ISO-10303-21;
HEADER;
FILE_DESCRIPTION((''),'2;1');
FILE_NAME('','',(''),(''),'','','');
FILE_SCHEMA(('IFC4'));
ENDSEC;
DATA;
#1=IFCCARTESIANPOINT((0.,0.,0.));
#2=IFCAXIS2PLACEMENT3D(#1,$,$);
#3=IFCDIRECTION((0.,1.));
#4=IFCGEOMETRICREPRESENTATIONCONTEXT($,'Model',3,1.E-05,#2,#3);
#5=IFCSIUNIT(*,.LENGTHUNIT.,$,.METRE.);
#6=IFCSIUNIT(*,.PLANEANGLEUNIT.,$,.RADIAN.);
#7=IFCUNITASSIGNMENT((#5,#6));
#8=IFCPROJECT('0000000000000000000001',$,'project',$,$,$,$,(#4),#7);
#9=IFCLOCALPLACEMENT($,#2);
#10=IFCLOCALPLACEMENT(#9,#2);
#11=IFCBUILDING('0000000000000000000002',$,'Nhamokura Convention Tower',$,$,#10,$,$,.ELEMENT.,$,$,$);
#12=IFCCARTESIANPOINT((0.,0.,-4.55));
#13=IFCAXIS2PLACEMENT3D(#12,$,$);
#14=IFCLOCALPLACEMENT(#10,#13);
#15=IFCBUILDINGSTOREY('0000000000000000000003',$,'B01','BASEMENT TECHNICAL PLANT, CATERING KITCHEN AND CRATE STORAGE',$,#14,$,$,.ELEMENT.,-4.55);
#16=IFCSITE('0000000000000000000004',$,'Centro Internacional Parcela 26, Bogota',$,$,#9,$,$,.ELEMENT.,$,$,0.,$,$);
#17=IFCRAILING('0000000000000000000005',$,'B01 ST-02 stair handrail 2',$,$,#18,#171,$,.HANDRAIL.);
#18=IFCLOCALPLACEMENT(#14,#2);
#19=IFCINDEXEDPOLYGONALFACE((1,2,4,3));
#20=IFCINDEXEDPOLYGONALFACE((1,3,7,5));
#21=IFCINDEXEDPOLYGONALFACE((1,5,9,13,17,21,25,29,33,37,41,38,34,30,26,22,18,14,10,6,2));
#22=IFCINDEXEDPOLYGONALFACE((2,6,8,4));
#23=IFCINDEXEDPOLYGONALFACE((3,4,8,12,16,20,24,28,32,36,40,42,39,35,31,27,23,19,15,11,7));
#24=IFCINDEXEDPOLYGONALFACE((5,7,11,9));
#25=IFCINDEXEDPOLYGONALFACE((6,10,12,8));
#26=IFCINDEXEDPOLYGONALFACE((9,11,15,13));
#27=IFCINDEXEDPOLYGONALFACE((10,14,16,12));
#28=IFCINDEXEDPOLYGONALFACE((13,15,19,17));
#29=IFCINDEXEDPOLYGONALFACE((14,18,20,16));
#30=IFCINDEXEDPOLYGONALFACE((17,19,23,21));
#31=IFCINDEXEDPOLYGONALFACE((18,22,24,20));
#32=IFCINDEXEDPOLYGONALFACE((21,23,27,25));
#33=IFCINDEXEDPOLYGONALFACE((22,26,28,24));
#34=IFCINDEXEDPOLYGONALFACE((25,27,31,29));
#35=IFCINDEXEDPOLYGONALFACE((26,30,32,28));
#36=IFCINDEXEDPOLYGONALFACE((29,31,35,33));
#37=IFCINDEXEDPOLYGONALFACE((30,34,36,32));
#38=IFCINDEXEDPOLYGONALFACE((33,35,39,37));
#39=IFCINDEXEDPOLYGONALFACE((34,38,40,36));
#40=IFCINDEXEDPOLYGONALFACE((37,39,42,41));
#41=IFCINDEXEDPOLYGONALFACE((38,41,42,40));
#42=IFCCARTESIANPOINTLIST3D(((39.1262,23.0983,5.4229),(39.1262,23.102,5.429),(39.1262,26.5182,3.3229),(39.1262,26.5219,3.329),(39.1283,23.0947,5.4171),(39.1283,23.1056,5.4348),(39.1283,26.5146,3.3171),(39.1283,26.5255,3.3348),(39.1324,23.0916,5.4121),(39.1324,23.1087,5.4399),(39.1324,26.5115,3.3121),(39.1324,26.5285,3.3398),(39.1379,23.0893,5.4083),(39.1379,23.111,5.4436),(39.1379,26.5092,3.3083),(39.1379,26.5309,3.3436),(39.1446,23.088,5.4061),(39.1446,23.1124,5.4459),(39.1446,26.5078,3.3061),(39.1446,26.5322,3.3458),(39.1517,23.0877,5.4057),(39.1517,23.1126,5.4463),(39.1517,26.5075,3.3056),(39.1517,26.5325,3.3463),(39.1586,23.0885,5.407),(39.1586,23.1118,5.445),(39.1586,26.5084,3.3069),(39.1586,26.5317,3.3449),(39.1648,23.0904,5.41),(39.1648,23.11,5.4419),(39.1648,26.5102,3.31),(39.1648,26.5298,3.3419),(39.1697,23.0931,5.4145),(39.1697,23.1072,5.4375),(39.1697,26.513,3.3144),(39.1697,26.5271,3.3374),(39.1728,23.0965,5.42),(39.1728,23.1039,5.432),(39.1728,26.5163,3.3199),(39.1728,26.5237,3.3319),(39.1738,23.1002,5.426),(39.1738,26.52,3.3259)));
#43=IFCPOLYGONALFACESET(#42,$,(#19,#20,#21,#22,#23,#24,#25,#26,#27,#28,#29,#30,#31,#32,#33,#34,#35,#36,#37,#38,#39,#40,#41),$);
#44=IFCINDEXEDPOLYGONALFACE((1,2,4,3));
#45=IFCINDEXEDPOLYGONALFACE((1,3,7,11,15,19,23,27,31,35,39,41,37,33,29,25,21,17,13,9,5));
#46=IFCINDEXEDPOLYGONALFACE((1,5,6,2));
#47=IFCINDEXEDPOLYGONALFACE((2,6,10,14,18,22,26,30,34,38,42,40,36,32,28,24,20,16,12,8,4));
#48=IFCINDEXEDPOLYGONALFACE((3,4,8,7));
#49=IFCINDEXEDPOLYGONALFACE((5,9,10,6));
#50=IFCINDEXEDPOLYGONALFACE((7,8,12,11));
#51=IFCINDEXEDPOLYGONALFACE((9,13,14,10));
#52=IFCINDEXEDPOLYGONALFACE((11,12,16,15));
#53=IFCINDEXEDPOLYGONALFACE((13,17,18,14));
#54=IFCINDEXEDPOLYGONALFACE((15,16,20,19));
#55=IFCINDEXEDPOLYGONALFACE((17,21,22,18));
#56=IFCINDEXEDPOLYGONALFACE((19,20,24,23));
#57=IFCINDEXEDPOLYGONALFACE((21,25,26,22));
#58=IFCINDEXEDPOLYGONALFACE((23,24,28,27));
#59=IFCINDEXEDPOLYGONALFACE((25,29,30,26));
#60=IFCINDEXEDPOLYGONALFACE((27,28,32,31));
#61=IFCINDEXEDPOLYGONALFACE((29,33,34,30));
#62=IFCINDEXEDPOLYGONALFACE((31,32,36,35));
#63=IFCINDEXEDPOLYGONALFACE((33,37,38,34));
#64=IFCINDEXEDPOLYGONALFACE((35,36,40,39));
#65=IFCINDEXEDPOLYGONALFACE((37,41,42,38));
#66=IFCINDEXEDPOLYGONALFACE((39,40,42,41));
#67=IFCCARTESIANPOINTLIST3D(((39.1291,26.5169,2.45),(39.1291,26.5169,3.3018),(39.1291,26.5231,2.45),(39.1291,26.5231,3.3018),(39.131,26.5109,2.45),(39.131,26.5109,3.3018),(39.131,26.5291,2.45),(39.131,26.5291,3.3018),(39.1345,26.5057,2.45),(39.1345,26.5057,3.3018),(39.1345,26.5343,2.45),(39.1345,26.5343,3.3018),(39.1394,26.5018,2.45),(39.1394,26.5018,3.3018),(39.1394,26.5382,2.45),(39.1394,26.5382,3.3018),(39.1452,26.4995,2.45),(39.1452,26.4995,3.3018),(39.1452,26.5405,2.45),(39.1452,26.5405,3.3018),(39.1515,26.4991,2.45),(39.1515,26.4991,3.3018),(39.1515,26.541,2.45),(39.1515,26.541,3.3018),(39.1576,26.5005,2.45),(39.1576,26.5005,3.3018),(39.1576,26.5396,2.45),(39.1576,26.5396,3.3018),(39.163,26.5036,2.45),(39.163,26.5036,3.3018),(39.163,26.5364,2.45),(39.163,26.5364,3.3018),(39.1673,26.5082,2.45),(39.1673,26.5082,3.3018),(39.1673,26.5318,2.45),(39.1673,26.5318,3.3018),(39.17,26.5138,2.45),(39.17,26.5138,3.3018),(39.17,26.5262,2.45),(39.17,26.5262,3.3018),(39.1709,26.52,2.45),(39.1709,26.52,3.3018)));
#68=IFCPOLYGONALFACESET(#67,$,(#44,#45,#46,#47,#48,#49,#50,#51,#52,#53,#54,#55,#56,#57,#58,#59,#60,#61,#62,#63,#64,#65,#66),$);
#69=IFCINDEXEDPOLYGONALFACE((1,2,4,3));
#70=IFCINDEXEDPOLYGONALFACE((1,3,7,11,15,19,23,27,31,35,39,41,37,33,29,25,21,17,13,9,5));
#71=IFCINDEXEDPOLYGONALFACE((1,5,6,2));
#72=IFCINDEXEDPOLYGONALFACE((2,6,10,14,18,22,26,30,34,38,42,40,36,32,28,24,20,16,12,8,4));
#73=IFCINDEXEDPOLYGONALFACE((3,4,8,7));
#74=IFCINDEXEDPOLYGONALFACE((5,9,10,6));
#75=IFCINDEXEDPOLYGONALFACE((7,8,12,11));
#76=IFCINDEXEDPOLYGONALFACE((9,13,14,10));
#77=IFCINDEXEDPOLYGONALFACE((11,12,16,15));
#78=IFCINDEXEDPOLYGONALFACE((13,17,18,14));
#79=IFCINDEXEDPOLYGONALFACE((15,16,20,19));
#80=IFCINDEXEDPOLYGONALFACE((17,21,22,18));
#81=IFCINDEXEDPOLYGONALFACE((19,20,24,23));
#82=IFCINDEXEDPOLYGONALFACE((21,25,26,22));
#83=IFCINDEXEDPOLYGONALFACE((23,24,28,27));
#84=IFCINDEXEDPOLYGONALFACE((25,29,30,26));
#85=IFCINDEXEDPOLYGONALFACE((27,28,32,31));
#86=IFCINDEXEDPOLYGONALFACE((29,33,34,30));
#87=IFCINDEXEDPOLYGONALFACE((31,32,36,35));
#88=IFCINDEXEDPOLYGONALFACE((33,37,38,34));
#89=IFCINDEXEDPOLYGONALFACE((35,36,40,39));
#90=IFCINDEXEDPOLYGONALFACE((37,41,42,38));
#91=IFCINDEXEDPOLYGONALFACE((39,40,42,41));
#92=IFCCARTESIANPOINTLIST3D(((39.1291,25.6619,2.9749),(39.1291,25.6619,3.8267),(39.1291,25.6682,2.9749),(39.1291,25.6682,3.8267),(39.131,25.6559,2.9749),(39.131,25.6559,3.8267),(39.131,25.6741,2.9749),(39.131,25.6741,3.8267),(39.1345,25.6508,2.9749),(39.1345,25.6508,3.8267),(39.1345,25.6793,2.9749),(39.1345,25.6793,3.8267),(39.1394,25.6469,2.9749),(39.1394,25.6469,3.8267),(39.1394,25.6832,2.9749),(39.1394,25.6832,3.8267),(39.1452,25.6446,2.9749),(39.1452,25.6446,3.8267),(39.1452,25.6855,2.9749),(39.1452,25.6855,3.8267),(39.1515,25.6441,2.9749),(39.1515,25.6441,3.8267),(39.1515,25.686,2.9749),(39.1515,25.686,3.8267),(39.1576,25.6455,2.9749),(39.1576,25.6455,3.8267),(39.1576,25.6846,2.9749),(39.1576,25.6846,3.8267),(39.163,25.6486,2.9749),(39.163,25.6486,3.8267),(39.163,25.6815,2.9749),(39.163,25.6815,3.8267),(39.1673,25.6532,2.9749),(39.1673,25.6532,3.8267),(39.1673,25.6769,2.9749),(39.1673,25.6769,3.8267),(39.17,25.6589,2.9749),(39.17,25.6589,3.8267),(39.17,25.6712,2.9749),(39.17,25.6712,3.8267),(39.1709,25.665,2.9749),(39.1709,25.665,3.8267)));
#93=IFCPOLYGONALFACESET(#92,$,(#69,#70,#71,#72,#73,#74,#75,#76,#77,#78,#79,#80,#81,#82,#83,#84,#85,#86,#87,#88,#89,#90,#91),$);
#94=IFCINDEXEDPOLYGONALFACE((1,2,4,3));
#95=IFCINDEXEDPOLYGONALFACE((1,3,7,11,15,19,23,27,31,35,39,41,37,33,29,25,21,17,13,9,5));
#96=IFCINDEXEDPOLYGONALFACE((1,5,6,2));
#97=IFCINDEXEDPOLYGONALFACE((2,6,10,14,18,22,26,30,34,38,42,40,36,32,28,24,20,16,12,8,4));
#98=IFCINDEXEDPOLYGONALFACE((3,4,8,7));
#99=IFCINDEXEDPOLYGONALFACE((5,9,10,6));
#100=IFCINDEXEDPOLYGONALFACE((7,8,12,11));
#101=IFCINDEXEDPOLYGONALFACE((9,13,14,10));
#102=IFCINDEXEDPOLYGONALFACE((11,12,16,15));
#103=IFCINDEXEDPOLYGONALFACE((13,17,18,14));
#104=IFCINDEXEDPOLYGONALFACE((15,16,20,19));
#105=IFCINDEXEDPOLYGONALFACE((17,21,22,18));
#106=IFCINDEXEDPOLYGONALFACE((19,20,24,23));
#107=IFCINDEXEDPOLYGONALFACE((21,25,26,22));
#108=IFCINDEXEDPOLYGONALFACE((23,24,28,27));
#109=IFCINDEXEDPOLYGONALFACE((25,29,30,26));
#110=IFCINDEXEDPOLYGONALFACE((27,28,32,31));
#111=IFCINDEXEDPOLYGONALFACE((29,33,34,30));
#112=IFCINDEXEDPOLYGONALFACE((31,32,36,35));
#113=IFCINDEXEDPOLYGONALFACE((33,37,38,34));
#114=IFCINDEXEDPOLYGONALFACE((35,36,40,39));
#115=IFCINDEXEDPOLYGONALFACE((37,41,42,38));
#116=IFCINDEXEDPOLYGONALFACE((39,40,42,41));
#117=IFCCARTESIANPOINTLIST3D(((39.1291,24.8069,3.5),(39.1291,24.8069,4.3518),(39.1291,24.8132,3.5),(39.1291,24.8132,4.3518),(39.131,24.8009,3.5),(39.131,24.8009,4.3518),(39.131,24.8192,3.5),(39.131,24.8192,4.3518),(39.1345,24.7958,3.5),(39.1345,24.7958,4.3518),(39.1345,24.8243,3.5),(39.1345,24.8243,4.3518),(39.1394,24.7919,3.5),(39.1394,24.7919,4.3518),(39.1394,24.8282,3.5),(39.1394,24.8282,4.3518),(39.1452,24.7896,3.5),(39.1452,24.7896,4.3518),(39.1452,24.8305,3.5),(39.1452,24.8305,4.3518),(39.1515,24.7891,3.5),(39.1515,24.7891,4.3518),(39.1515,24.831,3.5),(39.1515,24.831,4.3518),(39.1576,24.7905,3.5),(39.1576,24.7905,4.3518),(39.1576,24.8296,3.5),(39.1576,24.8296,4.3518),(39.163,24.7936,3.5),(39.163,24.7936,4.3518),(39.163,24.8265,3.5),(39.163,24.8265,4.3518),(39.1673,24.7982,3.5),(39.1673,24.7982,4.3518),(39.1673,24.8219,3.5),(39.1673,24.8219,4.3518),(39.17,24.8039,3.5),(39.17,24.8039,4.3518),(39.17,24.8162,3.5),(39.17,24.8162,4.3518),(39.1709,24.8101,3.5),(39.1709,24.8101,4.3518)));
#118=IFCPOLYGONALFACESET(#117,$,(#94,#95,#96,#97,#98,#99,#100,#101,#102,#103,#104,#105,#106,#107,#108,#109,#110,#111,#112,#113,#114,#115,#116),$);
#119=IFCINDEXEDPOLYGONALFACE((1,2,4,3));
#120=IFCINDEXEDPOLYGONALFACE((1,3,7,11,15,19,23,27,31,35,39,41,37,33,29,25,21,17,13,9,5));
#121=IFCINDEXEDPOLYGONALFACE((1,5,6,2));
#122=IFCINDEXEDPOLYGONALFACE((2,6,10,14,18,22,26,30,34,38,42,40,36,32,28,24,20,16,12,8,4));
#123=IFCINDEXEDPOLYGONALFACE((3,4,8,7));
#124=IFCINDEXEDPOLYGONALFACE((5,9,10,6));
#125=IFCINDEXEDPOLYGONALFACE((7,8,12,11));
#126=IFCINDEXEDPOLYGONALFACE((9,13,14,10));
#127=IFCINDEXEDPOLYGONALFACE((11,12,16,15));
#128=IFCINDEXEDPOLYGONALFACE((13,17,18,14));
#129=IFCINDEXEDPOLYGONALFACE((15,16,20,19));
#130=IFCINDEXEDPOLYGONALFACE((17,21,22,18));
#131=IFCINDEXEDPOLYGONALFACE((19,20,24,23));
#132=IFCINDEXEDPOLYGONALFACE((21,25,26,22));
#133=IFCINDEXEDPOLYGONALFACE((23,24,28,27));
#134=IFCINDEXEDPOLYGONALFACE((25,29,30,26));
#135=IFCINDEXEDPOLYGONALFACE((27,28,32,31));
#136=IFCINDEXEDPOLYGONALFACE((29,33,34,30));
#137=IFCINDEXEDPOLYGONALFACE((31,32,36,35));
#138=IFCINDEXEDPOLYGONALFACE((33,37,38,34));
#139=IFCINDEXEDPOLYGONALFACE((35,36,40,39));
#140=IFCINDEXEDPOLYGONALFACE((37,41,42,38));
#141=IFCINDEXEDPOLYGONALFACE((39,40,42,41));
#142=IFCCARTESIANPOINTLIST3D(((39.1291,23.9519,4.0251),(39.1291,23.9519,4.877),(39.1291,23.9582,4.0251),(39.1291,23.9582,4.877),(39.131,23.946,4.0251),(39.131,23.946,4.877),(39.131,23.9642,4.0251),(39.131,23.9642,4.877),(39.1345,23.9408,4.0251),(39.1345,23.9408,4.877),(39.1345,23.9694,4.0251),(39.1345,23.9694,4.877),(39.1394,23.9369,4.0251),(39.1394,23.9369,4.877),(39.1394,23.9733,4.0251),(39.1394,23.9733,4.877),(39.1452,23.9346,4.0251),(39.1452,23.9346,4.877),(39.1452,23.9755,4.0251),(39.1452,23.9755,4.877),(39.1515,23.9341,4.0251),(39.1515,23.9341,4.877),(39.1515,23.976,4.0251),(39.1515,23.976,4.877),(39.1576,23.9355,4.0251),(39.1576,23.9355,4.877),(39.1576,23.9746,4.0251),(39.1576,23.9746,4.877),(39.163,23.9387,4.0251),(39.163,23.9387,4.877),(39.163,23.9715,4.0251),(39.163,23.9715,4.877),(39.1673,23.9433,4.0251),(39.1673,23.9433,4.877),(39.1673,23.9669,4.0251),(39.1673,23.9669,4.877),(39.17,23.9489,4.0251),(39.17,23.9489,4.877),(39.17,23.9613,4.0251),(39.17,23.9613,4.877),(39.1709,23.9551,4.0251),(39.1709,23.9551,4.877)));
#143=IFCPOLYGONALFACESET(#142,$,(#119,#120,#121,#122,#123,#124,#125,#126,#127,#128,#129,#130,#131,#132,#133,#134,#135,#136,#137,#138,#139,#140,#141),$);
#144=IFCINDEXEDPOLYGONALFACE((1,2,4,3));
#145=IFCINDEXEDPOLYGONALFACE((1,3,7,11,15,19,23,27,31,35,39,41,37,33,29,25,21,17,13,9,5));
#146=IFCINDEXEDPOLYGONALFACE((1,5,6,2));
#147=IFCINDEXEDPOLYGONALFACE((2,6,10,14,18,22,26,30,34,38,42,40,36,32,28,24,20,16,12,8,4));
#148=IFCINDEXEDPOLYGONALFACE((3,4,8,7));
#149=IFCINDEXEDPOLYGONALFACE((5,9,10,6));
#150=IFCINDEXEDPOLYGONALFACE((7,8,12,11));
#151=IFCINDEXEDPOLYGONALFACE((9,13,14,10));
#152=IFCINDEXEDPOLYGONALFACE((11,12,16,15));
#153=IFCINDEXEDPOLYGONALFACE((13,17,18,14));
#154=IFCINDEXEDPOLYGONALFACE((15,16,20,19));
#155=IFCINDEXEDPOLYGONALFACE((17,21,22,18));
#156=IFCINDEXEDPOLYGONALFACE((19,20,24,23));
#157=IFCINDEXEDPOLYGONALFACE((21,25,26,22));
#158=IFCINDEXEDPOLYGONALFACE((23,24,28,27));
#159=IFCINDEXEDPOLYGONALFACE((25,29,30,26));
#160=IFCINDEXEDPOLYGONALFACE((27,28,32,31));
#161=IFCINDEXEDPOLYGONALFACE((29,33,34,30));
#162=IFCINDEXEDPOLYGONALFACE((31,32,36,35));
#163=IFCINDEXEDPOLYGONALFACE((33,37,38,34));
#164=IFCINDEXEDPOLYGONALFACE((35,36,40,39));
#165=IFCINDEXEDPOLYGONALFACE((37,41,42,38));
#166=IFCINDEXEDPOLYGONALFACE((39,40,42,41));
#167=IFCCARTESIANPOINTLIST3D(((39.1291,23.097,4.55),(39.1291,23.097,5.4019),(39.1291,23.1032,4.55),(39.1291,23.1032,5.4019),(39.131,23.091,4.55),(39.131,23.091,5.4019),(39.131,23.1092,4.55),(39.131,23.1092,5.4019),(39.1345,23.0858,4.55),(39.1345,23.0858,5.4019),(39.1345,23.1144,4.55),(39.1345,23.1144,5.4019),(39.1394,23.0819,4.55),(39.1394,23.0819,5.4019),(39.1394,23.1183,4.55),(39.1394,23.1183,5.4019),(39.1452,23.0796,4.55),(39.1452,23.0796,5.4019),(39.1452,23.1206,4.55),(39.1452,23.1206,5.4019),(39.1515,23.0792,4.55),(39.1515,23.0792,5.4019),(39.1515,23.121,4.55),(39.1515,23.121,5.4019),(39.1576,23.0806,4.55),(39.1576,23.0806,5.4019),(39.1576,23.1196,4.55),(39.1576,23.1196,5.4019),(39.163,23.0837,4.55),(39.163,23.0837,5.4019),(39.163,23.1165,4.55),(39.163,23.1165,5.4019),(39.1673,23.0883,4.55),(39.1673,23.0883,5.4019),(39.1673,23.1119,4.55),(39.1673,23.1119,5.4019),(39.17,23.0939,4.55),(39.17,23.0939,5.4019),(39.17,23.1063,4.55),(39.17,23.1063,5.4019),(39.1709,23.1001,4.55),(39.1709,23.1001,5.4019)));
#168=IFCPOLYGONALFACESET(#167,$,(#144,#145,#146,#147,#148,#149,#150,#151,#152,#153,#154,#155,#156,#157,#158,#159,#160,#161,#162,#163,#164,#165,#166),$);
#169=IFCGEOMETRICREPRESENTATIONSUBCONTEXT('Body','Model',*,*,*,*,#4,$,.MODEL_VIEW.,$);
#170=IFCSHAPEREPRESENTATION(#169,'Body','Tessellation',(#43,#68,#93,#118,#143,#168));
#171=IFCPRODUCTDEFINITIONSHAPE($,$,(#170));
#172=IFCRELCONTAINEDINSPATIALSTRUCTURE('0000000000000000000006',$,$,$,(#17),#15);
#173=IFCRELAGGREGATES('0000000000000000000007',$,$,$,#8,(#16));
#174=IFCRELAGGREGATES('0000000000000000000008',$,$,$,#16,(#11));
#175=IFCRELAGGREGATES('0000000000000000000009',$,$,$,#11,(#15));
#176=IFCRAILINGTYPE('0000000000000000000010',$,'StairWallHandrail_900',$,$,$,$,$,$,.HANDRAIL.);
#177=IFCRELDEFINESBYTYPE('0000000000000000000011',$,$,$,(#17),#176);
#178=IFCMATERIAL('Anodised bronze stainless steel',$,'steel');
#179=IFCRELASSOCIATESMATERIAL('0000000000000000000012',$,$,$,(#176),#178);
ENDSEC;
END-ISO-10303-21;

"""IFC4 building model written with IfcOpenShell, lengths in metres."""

from ifc_helpers import new_model, si_unit, direction, frame, origin, origin_2d, place, context, subcontext, project, spatial, circle, extrude, material, type_object, element, save


model = new_model("IFC4")

# Units and contexts
model_context = context("Model", 3, precision=1e-05, world=origin(), true_north=direction((0.0, 1.0)))
body_context = subcontext(model_context, "Body", "Model", "MODEL_VIEW")
ifc_project = project(units=[si_unit("LENGTHUNIT", "METRE"), si_unit("PLANEANGLEUNIT", "RADIAN")], contexts=[model_context])

# Site, building, storey
site_placement = place(None, origin())
site = spatial("IfcSite", under=ifc_project, at=site_placement, Name="Centro Internacional Parcela 26, Bogota", CompositionType="ELEMENT", RefElevation=0.0)
building_placement = place(site_placement, origin())
building = spatial("IfcBuilding", under=site, at=building_placement, Name="Nhamokura Convention Tower", CompositionType="ELEMENT")
storey_placement = place(building_placement, frame((0.0, 0.0, -4.55)))
storey = spatial("IfcBuildingStorey", under=building, at=storey_placement, Name="B01", Description="BASEMENT TECHNICAL PLANT, CATERING KITCHEN AND CRATE STORAGE", CompositionType="ELEMENT", Elevation=-4.55)

# Railing
ifc_material_1 = material(Name="Anodised bronze stainless steel", Category="steel")
railing_type_1 = type_object("IfcRailingType", Name="StairWallHandrail_900", PredefinedType="HANDRAIL", material=ifc_material_1)
railing_1_placement = place(storey_placement, frame((39.1499, 26.52, 2.45)))
element("IfcRailing", 1, at=railing_1_placement, inside=storey, type_object=railing_type_1, Name="B01 ST-02 stair handrail 2", PredefinedType="HANDRAIL", context=body_context, shape_type="SweptSolid", body=[
    extrude(circle(Radius=0.0239, at=origin_2d()), frame((0.0, 0.0, 0.876), z_axis=(0.0, -0.852155, 0.523289), x_axis=(1.0, 0.0, 0.0)), (0.0, 0.0, 1.0), 4.0132),
    extrude(circle(Radius=0.021, at=origin_2d()), origin(), (0.0, 0.0, 1.0), 0.8518),
    extrude(circle(Radius=0.021, at=origin_2d()), frame((0.0, -0.855, 0.5249)), (0.0, 0.0, 1.0), 0.8518),
    extrude(circle(Radius=0.021, at=origin_2d()), frame((0.0, -1.71, 1.05)), (0.0, 0.0, 1.0), 0.8518),
    extrude(circle(Radius=0.021, at=origin_2d()), frame((0.0, -2.5649, 1.5752)), (0.0, 0.0, 1.0), 0.8518),
    extrude(circle(Radius=0.021, at=origin_2d()), frame((0.0, -3.4199, 2.1001)), (0.0, 0.0, 1.0), 0.8518),
])

save(model, "model.ifc")
